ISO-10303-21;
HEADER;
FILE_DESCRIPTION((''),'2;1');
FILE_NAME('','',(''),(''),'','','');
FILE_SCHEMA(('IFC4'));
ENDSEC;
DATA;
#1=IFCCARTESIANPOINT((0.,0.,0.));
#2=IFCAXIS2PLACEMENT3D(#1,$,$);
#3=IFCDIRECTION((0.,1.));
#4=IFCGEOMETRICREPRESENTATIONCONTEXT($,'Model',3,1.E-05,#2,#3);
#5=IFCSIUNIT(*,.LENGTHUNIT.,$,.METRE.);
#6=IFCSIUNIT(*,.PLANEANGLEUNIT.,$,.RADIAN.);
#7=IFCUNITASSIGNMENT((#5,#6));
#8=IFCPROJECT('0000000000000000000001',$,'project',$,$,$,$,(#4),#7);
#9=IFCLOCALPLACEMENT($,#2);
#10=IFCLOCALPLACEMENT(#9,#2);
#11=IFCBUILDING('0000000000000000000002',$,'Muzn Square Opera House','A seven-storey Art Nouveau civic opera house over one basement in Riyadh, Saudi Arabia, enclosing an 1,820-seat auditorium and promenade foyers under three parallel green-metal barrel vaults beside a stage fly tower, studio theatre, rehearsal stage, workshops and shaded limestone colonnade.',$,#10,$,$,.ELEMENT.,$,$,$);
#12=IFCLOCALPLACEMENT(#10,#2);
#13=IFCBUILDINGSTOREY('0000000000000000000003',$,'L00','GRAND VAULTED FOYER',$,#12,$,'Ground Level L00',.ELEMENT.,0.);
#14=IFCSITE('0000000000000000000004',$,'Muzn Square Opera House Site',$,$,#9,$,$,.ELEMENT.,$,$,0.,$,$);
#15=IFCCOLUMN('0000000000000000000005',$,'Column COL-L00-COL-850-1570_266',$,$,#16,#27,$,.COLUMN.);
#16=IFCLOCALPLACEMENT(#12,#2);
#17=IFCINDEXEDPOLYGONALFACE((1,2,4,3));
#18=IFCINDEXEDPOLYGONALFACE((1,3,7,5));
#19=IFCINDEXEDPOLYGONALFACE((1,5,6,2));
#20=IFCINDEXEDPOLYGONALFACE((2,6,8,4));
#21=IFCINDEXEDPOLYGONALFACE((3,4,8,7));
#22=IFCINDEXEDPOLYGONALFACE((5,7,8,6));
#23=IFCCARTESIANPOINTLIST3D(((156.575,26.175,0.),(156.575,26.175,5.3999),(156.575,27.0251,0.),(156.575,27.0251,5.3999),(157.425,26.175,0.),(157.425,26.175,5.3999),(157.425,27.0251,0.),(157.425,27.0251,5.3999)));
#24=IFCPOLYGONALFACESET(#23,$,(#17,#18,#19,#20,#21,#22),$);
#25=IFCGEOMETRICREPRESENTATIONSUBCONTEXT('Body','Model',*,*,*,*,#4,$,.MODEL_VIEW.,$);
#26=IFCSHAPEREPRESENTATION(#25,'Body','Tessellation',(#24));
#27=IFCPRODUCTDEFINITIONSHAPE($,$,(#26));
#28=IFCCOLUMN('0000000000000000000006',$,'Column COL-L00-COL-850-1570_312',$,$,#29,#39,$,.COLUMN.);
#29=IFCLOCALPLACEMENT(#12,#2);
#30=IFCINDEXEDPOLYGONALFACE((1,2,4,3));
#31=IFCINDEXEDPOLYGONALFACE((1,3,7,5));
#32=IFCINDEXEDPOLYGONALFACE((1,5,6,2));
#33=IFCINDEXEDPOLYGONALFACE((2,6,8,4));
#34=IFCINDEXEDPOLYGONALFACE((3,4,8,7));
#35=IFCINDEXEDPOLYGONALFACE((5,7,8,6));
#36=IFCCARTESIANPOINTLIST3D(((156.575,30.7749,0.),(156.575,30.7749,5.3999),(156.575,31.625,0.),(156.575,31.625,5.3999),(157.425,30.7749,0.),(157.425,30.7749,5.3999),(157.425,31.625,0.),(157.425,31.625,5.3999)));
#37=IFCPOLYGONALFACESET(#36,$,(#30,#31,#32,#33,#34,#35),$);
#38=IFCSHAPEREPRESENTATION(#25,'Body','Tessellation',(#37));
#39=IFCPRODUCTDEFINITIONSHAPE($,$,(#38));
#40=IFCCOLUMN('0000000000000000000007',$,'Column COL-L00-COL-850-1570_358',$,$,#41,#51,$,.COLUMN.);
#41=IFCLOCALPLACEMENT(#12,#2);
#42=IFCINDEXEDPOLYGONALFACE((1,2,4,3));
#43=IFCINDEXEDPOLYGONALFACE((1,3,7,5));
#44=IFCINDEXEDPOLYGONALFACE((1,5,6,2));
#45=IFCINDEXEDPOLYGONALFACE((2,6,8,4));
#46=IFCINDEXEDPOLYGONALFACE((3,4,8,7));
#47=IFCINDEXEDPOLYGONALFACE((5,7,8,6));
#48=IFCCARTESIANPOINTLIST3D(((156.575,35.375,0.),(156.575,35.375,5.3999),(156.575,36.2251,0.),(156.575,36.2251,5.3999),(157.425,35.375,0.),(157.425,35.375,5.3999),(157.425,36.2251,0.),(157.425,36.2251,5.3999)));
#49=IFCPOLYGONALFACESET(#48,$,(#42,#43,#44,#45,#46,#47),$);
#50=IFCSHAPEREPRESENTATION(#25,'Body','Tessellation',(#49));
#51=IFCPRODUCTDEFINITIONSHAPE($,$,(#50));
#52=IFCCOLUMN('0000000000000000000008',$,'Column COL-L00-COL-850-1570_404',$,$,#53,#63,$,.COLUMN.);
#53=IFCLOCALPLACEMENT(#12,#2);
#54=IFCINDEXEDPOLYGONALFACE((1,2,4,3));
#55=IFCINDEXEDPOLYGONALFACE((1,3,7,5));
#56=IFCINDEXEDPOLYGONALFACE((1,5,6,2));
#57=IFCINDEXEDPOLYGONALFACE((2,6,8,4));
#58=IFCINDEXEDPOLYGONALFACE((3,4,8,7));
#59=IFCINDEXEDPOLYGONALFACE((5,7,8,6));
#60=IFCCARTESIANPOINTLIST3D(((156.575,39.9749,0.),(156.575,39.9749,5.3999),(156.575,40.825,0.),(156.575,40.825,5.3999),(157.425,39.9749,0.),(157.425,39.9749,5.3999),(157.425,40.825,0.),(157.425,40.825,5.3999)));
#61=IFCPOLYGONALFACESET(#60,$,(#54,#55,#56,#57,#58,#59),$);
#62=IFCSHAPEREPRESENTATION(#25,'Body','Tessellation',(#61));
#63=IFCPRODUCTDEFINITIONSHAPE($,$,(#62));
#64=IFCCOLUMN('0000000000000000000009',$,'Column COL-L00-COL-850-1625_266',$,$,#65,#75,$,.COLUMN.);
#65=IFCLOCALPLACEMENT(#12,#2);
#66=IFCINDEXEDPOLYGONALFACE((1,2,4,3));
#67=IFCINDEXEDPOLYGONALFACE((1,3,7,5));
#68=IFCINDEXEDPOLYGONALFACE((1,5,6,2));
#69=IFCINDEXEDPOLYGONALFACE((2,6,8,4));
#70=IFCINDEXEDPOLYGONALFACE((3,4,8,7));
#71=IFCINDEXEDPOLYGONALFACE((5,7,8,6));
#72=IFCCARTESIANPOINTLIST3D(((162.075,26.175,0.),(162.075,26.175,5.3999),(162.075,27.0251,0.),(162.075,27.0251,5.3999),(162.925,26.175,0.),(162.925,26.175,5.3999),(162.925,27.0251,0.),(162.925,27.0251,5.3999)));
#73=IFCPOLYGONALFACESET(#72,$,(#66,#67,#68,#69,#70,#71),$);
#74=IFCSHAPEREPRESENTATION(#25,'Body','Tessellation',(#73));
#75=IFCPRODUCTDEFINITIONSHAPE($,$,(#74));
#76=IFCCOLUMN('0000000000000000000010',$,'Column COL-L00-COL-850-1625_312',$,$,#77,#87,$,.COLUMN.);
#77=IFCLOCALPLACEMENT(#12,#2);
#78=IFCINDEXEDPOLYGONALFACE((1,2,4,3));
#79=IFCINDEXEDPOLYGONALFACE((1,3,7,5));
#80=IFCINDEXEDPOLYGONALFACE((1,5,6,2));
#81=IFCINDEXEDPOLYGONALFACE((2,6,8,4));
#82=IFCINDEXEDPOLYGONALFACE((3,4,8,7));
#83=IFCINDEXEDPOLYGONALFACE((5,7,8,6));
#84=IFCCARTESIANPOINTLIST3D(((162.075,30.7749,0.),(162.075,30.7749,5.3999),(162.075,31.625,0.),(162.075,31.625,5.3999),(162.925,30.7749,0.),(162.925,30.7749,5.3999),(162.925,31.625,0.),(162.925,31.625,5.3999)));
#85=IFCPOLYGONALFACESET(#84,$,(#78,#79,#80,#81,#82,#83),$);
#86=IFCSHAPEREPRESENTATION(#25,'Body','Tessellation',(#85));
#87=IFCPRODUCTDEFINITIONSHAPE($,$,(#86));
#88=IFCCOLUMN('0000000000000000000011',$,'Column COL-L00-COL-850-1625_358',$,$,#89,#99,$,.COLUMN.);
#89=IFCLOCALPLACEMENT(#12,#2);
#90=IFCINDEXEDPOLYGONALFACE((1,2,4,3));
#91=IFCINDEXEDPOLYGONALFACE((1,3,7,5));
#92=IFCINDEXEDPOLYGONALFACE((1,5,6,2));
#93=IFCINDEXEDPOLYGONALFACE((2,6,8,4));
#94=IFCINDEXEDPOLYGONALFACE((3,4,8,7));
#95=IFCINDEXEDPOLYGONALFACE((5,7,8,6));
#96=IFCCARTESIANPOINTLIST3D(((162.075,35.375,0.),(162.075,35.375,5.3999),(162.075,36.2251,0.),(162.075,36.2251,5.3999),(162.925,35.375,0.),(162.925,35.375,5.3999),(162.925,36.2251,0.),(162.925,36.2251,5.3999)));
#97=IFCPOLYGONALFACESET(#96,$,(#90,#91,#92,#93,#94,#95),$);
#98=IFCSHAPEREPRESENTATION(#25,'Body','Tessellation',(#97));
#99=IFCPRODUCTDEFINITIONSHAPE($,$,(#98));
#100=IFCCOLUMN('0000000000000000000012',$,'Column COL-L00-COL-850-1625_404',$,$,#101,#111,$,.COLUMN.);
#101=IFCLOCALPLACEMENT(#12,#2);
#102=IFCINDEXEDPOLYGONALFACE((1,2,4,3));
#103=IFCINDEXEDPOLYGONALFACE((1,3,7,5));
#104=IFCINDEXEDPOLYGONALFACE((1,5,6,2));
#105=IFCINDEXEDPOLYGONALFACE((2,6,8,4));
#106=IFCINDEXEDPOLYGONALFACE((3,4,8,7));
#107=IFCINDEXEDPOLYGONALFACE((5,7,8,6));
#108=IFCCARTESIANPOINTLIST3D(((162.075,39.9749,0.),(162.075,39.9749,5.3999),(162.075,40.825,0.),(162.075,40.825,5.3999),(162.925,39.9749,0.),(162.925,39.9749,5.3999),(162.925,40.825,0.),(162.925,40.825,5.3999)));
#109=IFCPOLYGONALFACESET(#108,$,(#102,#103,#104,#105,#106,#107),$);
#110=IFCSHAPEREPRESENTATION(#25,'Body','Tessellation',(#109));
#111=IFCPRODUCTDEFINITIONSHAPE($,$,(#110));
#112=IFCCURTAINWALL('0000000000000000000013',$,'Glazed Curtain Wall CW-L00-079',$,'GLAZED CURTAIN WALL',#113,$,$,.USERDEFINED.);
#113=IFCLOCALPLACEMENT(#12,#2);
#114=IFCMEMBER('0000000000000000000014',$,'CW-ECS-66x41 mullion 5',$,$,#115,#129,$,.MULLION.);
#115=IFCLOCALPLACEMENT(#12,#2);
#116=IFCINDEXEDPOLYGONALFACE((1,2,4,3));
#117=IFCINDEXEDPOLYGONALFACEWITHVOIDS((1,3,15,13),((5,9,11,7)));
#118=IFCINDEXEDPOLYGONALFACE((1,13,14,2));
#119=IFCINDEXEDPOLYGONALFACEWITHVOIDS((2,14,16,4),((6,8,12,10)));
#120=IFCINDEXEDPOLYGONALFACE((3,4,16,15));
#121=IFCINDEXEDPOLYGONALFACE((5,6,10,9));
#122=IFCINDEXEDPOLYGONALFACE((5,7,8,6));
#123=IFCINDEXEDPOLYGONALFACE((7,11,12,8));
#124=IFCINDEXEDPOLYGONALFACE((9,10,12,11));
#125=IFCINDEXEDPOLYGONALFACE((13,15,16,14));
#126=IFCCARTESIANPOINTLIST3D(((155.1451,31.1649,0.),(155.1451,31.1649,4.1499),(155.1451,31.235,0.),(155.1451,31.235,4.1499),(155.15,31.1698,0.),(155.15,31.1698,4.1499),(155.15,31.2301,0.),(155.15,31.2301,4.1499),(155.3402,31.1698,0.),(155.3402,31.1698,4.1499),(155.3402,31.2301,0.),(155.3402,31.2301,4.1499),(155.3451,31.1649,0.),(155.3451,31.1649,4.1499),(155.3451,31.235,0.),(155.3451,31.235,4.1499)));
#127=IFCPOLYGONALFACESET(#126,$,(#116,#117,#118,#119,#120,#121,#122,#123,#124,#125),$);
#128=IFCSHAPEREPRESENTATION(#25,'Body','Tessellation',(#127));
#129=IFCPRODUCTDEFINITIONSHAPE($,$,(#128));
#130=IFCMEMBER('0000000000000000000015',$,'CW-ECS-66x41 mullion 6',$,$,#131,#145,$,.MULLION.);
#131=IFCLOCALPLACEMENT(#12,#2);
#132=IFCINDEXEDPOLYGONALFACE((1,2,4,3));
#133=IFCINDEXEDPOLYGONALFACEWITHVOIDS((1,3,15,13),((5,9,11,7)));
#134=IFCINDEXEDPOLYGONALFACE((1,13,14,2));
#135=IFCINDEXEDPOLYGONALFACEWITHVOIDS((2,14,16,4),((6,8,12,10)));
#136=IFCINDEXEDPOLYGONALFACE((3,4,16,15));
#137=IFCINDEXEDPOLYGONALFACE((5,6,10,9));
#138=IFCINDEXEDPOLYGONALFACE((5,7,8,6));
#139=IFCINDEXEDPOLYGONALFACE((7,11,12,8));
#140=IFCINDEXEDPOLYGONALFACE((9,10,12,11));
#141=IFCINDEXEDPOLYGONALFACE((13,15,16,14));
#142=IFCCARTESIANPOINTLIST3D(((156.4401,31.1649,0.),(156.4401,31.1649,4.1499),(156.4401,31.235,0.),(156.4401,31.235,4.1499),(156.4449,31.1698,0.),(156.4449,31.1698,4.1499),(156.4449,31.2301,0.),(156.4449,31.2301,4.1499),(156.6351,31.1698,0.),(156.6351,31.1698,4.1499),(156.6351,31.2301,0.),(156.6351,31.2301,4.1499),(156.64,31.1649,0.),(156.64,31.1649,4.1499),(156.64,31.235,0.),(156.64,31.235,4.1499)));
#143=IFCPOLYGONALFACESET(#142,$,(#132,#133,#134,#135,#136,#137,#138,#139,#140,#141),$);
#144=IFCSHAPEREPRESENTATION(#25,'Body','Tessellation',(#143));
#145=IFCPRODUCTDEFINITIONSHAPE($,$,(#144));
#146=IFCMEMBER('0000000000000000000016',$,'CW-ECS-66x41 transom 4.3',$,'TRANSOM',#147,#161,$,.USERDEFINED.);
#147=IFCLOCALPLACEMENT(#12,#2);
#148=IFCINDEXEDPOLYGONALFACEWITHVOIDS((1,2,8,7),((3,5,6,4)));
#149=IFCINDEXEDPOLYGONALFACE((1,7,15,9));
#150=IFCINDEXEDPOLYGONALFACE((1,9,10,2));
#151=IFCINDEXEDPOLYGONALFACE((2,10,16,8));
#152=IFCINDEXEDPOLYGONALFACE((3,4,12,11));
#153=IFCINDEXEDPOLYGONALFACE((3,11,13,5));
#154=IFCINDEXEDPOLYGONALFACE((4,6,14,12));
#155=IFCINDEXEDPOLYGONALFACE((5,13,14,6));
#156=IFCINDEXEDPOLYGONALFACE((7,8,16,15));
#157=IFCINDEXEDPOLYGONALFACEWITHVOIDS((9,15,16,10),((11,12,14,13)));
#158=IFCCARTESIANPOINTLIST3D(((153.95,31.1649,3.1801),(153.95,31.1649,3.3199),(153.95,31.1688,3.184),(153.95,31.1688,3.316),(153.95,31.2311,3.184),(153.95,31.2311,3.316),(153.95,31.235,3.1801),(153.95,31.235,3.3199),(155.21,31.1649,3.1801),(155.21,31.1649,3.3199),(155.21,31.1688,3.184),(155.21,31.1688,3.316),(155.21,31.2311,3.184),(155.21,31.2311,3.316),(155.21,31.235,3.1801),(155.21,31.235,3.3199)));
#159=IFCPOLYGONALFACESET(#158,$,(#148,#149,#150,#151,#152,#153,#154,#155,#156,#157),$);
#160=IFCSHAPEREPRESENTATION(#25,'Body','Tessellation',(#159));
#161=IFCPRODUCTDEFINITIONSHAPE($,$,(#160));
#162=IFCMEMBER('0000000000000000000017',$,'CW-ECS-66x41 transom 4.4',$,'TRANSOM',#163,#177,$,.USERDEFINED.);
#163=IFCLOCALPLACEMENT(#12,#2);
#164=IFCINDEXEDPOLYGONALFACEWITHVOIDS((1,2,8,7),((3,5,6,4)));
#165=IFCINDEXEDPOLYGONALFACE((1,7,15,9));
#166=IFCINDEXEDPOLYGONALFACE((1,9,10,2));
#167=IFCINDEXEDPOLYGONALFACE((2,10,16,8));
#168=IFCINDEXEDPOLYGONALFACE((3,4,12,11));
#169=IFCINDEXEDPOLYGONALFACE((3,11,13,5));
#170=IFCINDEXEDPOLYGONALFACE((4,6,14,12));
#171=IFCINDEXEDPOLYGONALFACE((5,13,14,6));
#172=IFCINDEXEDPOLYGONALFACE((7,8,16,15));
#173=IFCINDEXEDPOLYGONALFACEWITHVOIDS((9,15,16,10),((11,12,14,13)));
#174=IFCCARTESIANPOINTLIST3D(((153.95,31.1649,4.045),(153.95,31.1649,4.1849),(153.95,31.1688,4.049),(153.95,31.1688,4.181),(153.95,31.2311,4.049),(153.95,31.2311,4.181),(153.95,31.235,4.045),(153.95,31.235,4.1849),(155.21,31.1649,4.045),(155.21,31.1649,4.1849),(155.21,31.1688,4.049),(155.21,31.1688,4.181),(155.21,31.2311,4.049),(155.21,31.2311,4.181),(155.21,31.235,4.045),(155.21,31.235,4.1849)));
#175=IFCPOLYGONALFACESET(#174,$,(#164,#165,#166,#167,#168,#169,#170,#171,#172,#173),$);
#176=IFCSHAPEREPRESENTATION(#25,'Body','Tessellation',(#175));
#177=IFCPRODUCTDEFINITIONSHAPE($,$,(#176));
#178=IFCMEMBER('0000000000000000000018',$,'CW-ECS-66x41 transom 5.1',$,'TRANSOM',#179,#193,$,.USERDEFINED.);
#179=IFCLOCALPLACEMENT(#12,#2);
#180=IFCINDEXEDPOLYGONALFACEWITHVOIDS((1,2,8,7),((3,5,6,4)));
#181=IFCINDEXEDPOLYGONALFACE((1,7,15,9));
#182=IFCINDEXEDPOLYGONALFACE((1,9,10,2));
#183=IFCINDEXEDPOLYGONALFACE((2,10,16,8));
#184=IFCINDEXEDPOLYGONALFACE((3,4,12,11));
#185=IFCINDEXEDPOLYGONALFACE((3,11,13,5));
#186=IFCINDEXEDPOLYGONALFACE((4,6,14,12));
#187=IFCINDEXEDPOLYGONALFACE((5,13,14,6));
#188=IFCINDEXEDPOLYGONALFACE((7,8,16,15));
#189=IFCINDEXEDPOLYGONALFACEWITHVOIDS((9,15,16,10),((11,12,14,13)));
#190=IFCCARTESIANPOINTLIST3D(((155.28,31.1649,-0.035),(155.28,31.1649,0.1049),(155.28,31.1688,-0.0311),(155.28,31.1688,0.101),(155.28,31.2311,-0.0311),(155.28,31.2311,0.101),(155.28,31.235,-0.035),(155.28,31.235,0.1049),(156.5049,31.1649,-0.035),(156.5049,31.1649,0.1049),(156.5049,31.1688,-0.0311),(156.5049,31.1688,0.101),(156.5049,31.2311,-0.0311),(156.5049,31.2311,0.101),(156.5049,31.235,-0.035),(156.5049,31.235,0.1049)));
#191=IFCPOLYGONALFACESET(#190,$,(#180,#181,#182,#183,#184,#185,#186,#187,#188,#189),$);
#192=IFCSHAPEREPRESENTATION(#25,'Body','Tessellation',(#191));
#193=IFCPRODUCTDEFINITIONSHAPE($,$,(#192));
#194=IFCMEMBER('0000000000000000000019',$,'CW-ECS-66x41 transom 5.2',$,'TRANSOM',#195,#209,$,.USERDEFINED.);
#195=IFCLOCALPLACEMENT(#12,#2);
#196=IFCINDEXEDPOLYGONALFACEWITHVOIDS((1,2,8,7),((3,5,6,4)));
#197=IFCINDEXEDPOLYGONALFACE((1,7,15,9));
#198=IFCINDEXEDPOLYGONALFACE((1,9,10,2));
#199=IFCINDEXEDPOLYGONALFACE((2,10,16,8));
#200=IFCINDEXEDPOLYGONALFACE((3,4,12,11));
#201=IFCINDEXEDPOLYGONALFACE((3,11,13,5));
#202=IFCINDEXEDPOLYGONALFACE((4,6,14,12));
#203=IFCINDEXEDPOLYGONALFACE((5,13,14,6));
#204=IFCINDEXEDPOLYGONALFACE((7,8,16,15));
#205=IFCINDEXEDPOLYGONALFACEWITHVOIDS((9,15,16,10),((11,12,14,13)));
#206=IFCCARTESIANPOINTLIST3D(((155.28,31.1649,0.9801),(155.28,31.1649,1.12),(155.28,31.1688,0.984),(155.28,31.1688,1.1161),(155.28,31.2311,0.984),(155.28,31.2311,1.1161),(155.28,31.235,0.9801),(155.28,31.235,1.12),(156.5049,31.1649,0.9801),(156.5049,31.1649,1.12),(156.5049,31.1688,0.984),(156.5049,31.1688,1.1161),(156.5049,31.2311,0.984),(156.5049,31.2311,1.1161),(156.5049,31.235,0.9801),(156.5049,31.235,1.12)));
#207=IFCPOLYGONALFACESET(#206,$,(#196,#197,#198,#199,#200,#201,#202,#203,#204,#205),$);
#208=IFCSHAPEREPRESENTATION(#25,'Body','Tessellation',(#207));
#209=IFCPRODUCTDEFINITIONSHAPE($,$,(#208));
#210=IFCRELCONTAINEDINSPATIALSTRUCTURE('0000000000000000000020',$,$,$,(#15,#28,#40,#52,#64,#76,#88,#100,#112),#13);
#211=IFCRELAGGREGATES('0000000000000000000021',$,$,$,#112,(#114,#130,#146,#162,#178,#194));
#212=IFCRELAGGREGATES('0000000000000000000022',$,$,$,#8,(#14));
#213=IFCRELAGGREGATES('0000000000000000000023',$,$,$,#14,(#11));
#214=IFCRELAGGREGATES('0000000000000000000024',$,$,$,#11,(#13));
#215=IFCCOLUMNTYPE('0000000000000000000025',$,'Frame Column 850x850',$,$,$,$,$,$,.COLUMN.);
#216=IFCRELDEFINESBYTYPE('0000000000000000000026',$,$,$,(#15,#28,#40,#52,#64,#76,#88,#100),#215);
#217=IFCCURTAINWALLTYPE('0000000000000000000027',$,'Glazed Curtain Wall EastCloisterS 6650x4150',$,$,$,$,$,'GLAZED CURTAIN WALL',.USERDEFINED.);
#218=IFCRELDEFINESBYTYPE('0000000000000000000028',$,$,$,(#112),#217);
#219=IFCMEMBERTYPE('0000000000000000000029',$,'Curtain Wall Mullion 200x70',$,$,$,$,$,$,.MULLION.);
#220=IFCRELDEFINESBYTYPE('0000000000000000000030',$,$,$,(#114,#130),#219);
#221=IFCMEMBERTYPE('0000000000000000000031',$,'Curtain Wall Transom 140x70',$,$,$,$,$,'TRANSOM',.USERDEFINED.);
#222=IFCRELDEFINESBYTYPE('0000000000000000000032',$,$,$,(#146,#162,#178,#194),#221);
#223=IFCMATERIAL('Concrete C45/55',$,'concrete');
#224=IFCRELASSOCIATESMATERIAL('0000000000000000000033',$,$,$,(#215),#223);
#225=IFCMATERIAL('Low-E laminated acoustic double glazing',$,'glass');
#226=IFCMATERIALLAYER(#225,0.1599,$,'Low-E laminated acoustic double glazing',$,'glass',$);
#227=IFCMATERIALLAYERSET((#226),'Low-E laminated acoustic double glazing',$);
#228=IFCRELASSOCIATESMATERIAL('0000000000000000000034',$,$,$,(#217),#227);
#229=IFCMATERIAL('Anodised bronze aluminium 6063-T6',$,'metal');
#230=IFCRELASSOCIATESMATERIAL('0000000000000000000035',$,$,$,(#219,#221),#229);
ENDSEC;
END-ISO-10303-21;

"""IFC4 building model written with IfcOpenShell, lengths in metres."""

from ifc_helpers import new_model, si_unit, direction, frame, origin, origin_2d, place, context, subcontext, project, spatial, rectangle, hollow_rectangle, extrude, material, layer, layer_set, material_profile, profile_set, type_object, element, aggregate, save


model = new_model("IFC4")

# Units and contexts
model_context = context("Model", 3, precision=1e-05, world=origin(), true_north=direction((0.0, 1.0)))
body_context = subcontext(model_context, "Body", "Model", "MODEL_VIEW")
ifc_project = project(units=[si_unit("LENGTHUNIT", "METRE"), si_unit("PLANEANGLEUNIT", "RADIAN")], contexts=[model_context])

# Site, building, storey
site_placement = place(None, origin())
site = spatial("IfcSite", under=ifc_project, at=site_placement, Name="Muzn Square Opera House Site", CompositionType="ELEMENT", RefElevation=0.0)
building_placement = place(site_placement, origin())
building = spatial("IfcBuilding", under=site, at=building_placement, Name="Muzn Square Opera House", Description="A seven-storey Art Nouveau civic opera house over one basement in Riyadh, Saudi Arabia, enclosing an 1,820-seat auditorium and promenade foyers under three parallel green-metal barrel vaults beside a stage fly tower, studio theatre, rehearsal stage, workshops and shaded limestone colonnade.", CompositionType="ELEMENT")
storey_placement = place(building_placement, origin())
storey = spatial("IfcBuildingStorey", under=building, at=storey_placement, Name="L00", Description="GRAND VAULTED FOYER", LongName="Ground Level L00", CompositionType="ELEMENT", Elevation=0.0)

# Columns
ifc_material_1 = material(Name="Concrete C45/55", Category="concrete")
ifc_material_profile_1 = material_profile(ifc_material_1, rectangle(XDim=0.8501, YDim=0.8501, at=origin_2d()), Name="RC 850x850", Category="concrete")
ifc_profile_set_1 = profile_set([ifc_material_profile_1], Name="Concrete C45/55")
column_type = type_object("IfcColumnType", Name="Frame Column 850x850", PredefinedType="COLUMN", material=ifc_profile_set_1)
for number, where, z_axis, x_axis, name in (
    (1, (157.0, 26.6001, 0.0), (0.0, 0.0, 1.0), (1.0, 0.0, 0.0), "Column COL-L00-COL-850-1570_266"),
    (2, (157.0, 31.2, 0.0), (0.0, 0.0, 1.0), (1.0, 0.0, 0.0), "Column COL-L00-COL-850-1570_312"),
    (3, (157.0, 35.8, 0.0), (0.0, 0.0, 1.0), (1.0, 0.0, 0.0), "Column COL-L00-COL-850-1570_358"),
    (4, (157.0, 40.3999, 0.0), (0.0, 0.0, 1.0), (1.0, 0.0, 0.0), "Column COL-L00-COL-850-1570_404"),
    (5, (162.5, 26.6001, 0.0), (0.0, 0.0, 1.0), (1.0, 0.0, 0.0), "Column COL-L00-COL-850-1625_266"),
    (6, (162.5, 31.2, 0.0), (0.0, 0.0, 1.0), (1.0, 0.0, 0.0), "Column COL-L00-COL-850-1625_312"),
    (7, (162.5, 35.8, 0.0), (0.0, 0.0, 1.0), (1.0, 0.0, 0.0), "Column COL-L00-COL-850-1625_358"),
    (8, (162.5, 40.3999, 0.0), (0.0, 0.0, 1.0), (1.0, 0.0, 0.0), "Column COL-L00-COL-850-1625_404"),
):
    element("IfcColumn", number, at=place(storey_placement, frame(where, z_axis=z_axis, x_axis=x_axis)), inside=storey, type_object=column_type, Name=name, PredefinedType="COLUMN", context=body_context, shape_type="SweptSolid", body=[
        extrude(rectangle(XDim=0.8501, YDim=0.8501, at=origin_2d()), origin(), (0.0, 0.0, 1.0), 5.3999),
    ])

# Curtain wall, members
ifc_material_2 = material(Name="Low-E laminated acoustic double glazing", Category="glass")
ifc_layer_1 = layer(ifc_material_2, 0.1599, Name="Low-E laminated acoustic double glazing", Category="glass")
ifc_layer_set_1 = layer_set([ifc_layer_1], Name="Low-E laminated acoustic double glazing")
curtain_wall_type = type_object("IfcCurtainWallType", Name="Glazed Curtain Wall EastCloisterS 6650x4150", ElementType="GLAZED CURTAIN WALL", PredefinedType="USERDEFINED", material=ifc_layer_set_1)
curtain_wall_placement = place(storey_placement, origin())
curtain_wall = element("IfcCurtainWall", 9, at=curtain_wall_placement, inside=storey, type_object=curtain_wall_type, Name="Glazed Curtain Wall CW-L00-079", ObjectType="GLAZED CURTAIN WALL", PredefinedType="USERDEFINED")
ifc_material_3 = material(Name="Anodised bronze aluminium 6063-T6", Category="metal")
ifc_material_profile_2 = material_profile(ifc_material_3, hollow_rectangle(XDim=0.0701, YDim=0.2, WallThickness=0.0049, at=origin_2d()), Name="ALU 200x70x5", Category="metal")
ifc_profile_set_2 = profile_set([ifc_material_profile_2], Name="Anodised bronze aluminium 6063-T6")
member_type_1 = type_object("IfcMemberType", Name="Curtain Wall Mullion 200x70", PredefinedType="MULLION", material=ifc_profile_set_2)
member_1_placement = place(storey_placement, frame((155.2451, 31.2, 0.0), z_axis=(0.0, 0.0, 1.0), x_axis=(0.0, 1.0, 0.0)))
member_1 = element("IfcMember", 10, at=member_1_placement, type_object=member_type_1, Name="CW-ECS-66x41 mullion 5", PredefinedType="MULLION", context=body_context, shape_type="SweptSolid", body=[
    extrude(hollow_rectangle(XDim=0.0701, YDim=0.2, WallThickness=0.0049, at=origin_2d()), origin(), (0.0, 0.0, 1.0), 4.1499),
])
member_2_placement = place(storey_placement, frame((156.54, 31.2, 0.0), z_axis=(0.0, 0.0, 1.0), x_axis=(0.0, 1.0, 0.0)))
member_2 = element("IfcMember", 11, at=member_2_placement, type_object=member_type_1, Name="CW-ECS-66x41 mullion 6", PredefinedType="MULLION", context=body_context, shape_type="SweptSolid", body=[
    extrude(hollow_rectangle(XDim=0.0701, YDim=0.2, WallThickness=0.0049, at=origin_2d()), origin(), (0.0, 0.0, 1.0), 4.1499),
])
ifc_material_profile_3 = material_profile(ifc_material_3, hollow_rectangle(XDim=0.0701, YDim=0.1399, WallThickness=0.0039, at=origin_2d()), Name="ALU 140x70x4", Category="metal")
ifc_profile_set_3 = profile_set([ifc_material_profile_3], Name="Anodised bronze aluminium 6063-T6")
member_type_2 = type_object("IfcMemberType", Name="Curtain Wall Transom 140x70", ElementType="TRANSOM", PredefinedType="USERDEFINED", material=ifc_profile_set_3)
member_3_placement = place(storey_placement, frame((153.95, 31.2, 3.25), z_axis=(1.0, 0.0, 0.0), x_axis=(0.0, 1.0, 0.0)))
member_3 = element("IfcMember", 12, at=member_3_placement, type_object=member_type_2, Name="CW-ECS-66x41 transom 4.3", ObjectType="TRANSOM", PredefinedType="USERDEFINED", context=body_context, shape_type="SweptSolid", body=[
    extrude(hollow_rectangle(XDim=0.0701, YDim=0.1399, WallThickness=0.0039, at=origin_2d()), origin(), (0.0, 0.0, 1.0), 1.26),
])
member_4_placement = place(storey_placement, frame((153.95, 31.2, 4.115), z_axis=(1.0, 0.0, 0.0), x_axis=(0.0, 1.0, 0.0)))
member_4 = element("IfcMember", 13, at=member_4_placement, type_object=member_type_2, Name="CW-ECS-66x41 transom 4.4", ObjectType="TRANSOM", PredefinedType="USERDEFINED", context=body_context, shape_type="SweptSolid", body=[
    extrude(hollow_rectangle(XDim=0.0701, YDim=0.1399, WallThickness=0.0039, at=origin_2d()), origin(), (0.0, 0.0, 1.0), 1.26),
])
member_5_placement = place(storey_placement, frame((155.28, 31.2, 0.0349), z_axis=(1.0, 0.0, 0.0), x_axis=(0.0, 1.0, 0.0)))
member_5 = element("IfcMember", 14, at=member_5_placement, type_object=member_type_2, Name="CW-ECS-66x41 transom 5.1", ObjectType="TRANSOM", PredefinedType="USERDEFINED", context=body_context, shape_type="SweptSolid", body=[
    extrude(hollow_rectangle(XDim=0.0701, YDim=0.1399, WallThickness=0.0039, at=origin_2d()), origin(), (0.0, 0.0, 1.0), 1.2249),
])
member_6_placement = place(storey_placement, frame((155.28, 31.2, 1.05), z_axis=(1.0, 0.0, 0.0), x_axis=(0.0, 1.0, 0.0)))
member_6 = element("IfcMember", 15, at=member_6_placement, type_object=member_type_2, Name="CW-ECS-66x41 transom 5.2", ObjectType="TRANSOM", PredefinedType="USERDEFINED", context=body_context, shape_type="SweptSolid", body=[
    extrude(hollow_rectangle(XDim=0.0701, YDim=0.1399, WallThickness=0.0039, at=origin_2d()), origin(), (0.0, 0.0, 1.0), 1.2249),
])

aggregate(curtain_wall, [member_1, member_2, member_3, member_4, member_5, member_6])

save(model, "model.ifc")
